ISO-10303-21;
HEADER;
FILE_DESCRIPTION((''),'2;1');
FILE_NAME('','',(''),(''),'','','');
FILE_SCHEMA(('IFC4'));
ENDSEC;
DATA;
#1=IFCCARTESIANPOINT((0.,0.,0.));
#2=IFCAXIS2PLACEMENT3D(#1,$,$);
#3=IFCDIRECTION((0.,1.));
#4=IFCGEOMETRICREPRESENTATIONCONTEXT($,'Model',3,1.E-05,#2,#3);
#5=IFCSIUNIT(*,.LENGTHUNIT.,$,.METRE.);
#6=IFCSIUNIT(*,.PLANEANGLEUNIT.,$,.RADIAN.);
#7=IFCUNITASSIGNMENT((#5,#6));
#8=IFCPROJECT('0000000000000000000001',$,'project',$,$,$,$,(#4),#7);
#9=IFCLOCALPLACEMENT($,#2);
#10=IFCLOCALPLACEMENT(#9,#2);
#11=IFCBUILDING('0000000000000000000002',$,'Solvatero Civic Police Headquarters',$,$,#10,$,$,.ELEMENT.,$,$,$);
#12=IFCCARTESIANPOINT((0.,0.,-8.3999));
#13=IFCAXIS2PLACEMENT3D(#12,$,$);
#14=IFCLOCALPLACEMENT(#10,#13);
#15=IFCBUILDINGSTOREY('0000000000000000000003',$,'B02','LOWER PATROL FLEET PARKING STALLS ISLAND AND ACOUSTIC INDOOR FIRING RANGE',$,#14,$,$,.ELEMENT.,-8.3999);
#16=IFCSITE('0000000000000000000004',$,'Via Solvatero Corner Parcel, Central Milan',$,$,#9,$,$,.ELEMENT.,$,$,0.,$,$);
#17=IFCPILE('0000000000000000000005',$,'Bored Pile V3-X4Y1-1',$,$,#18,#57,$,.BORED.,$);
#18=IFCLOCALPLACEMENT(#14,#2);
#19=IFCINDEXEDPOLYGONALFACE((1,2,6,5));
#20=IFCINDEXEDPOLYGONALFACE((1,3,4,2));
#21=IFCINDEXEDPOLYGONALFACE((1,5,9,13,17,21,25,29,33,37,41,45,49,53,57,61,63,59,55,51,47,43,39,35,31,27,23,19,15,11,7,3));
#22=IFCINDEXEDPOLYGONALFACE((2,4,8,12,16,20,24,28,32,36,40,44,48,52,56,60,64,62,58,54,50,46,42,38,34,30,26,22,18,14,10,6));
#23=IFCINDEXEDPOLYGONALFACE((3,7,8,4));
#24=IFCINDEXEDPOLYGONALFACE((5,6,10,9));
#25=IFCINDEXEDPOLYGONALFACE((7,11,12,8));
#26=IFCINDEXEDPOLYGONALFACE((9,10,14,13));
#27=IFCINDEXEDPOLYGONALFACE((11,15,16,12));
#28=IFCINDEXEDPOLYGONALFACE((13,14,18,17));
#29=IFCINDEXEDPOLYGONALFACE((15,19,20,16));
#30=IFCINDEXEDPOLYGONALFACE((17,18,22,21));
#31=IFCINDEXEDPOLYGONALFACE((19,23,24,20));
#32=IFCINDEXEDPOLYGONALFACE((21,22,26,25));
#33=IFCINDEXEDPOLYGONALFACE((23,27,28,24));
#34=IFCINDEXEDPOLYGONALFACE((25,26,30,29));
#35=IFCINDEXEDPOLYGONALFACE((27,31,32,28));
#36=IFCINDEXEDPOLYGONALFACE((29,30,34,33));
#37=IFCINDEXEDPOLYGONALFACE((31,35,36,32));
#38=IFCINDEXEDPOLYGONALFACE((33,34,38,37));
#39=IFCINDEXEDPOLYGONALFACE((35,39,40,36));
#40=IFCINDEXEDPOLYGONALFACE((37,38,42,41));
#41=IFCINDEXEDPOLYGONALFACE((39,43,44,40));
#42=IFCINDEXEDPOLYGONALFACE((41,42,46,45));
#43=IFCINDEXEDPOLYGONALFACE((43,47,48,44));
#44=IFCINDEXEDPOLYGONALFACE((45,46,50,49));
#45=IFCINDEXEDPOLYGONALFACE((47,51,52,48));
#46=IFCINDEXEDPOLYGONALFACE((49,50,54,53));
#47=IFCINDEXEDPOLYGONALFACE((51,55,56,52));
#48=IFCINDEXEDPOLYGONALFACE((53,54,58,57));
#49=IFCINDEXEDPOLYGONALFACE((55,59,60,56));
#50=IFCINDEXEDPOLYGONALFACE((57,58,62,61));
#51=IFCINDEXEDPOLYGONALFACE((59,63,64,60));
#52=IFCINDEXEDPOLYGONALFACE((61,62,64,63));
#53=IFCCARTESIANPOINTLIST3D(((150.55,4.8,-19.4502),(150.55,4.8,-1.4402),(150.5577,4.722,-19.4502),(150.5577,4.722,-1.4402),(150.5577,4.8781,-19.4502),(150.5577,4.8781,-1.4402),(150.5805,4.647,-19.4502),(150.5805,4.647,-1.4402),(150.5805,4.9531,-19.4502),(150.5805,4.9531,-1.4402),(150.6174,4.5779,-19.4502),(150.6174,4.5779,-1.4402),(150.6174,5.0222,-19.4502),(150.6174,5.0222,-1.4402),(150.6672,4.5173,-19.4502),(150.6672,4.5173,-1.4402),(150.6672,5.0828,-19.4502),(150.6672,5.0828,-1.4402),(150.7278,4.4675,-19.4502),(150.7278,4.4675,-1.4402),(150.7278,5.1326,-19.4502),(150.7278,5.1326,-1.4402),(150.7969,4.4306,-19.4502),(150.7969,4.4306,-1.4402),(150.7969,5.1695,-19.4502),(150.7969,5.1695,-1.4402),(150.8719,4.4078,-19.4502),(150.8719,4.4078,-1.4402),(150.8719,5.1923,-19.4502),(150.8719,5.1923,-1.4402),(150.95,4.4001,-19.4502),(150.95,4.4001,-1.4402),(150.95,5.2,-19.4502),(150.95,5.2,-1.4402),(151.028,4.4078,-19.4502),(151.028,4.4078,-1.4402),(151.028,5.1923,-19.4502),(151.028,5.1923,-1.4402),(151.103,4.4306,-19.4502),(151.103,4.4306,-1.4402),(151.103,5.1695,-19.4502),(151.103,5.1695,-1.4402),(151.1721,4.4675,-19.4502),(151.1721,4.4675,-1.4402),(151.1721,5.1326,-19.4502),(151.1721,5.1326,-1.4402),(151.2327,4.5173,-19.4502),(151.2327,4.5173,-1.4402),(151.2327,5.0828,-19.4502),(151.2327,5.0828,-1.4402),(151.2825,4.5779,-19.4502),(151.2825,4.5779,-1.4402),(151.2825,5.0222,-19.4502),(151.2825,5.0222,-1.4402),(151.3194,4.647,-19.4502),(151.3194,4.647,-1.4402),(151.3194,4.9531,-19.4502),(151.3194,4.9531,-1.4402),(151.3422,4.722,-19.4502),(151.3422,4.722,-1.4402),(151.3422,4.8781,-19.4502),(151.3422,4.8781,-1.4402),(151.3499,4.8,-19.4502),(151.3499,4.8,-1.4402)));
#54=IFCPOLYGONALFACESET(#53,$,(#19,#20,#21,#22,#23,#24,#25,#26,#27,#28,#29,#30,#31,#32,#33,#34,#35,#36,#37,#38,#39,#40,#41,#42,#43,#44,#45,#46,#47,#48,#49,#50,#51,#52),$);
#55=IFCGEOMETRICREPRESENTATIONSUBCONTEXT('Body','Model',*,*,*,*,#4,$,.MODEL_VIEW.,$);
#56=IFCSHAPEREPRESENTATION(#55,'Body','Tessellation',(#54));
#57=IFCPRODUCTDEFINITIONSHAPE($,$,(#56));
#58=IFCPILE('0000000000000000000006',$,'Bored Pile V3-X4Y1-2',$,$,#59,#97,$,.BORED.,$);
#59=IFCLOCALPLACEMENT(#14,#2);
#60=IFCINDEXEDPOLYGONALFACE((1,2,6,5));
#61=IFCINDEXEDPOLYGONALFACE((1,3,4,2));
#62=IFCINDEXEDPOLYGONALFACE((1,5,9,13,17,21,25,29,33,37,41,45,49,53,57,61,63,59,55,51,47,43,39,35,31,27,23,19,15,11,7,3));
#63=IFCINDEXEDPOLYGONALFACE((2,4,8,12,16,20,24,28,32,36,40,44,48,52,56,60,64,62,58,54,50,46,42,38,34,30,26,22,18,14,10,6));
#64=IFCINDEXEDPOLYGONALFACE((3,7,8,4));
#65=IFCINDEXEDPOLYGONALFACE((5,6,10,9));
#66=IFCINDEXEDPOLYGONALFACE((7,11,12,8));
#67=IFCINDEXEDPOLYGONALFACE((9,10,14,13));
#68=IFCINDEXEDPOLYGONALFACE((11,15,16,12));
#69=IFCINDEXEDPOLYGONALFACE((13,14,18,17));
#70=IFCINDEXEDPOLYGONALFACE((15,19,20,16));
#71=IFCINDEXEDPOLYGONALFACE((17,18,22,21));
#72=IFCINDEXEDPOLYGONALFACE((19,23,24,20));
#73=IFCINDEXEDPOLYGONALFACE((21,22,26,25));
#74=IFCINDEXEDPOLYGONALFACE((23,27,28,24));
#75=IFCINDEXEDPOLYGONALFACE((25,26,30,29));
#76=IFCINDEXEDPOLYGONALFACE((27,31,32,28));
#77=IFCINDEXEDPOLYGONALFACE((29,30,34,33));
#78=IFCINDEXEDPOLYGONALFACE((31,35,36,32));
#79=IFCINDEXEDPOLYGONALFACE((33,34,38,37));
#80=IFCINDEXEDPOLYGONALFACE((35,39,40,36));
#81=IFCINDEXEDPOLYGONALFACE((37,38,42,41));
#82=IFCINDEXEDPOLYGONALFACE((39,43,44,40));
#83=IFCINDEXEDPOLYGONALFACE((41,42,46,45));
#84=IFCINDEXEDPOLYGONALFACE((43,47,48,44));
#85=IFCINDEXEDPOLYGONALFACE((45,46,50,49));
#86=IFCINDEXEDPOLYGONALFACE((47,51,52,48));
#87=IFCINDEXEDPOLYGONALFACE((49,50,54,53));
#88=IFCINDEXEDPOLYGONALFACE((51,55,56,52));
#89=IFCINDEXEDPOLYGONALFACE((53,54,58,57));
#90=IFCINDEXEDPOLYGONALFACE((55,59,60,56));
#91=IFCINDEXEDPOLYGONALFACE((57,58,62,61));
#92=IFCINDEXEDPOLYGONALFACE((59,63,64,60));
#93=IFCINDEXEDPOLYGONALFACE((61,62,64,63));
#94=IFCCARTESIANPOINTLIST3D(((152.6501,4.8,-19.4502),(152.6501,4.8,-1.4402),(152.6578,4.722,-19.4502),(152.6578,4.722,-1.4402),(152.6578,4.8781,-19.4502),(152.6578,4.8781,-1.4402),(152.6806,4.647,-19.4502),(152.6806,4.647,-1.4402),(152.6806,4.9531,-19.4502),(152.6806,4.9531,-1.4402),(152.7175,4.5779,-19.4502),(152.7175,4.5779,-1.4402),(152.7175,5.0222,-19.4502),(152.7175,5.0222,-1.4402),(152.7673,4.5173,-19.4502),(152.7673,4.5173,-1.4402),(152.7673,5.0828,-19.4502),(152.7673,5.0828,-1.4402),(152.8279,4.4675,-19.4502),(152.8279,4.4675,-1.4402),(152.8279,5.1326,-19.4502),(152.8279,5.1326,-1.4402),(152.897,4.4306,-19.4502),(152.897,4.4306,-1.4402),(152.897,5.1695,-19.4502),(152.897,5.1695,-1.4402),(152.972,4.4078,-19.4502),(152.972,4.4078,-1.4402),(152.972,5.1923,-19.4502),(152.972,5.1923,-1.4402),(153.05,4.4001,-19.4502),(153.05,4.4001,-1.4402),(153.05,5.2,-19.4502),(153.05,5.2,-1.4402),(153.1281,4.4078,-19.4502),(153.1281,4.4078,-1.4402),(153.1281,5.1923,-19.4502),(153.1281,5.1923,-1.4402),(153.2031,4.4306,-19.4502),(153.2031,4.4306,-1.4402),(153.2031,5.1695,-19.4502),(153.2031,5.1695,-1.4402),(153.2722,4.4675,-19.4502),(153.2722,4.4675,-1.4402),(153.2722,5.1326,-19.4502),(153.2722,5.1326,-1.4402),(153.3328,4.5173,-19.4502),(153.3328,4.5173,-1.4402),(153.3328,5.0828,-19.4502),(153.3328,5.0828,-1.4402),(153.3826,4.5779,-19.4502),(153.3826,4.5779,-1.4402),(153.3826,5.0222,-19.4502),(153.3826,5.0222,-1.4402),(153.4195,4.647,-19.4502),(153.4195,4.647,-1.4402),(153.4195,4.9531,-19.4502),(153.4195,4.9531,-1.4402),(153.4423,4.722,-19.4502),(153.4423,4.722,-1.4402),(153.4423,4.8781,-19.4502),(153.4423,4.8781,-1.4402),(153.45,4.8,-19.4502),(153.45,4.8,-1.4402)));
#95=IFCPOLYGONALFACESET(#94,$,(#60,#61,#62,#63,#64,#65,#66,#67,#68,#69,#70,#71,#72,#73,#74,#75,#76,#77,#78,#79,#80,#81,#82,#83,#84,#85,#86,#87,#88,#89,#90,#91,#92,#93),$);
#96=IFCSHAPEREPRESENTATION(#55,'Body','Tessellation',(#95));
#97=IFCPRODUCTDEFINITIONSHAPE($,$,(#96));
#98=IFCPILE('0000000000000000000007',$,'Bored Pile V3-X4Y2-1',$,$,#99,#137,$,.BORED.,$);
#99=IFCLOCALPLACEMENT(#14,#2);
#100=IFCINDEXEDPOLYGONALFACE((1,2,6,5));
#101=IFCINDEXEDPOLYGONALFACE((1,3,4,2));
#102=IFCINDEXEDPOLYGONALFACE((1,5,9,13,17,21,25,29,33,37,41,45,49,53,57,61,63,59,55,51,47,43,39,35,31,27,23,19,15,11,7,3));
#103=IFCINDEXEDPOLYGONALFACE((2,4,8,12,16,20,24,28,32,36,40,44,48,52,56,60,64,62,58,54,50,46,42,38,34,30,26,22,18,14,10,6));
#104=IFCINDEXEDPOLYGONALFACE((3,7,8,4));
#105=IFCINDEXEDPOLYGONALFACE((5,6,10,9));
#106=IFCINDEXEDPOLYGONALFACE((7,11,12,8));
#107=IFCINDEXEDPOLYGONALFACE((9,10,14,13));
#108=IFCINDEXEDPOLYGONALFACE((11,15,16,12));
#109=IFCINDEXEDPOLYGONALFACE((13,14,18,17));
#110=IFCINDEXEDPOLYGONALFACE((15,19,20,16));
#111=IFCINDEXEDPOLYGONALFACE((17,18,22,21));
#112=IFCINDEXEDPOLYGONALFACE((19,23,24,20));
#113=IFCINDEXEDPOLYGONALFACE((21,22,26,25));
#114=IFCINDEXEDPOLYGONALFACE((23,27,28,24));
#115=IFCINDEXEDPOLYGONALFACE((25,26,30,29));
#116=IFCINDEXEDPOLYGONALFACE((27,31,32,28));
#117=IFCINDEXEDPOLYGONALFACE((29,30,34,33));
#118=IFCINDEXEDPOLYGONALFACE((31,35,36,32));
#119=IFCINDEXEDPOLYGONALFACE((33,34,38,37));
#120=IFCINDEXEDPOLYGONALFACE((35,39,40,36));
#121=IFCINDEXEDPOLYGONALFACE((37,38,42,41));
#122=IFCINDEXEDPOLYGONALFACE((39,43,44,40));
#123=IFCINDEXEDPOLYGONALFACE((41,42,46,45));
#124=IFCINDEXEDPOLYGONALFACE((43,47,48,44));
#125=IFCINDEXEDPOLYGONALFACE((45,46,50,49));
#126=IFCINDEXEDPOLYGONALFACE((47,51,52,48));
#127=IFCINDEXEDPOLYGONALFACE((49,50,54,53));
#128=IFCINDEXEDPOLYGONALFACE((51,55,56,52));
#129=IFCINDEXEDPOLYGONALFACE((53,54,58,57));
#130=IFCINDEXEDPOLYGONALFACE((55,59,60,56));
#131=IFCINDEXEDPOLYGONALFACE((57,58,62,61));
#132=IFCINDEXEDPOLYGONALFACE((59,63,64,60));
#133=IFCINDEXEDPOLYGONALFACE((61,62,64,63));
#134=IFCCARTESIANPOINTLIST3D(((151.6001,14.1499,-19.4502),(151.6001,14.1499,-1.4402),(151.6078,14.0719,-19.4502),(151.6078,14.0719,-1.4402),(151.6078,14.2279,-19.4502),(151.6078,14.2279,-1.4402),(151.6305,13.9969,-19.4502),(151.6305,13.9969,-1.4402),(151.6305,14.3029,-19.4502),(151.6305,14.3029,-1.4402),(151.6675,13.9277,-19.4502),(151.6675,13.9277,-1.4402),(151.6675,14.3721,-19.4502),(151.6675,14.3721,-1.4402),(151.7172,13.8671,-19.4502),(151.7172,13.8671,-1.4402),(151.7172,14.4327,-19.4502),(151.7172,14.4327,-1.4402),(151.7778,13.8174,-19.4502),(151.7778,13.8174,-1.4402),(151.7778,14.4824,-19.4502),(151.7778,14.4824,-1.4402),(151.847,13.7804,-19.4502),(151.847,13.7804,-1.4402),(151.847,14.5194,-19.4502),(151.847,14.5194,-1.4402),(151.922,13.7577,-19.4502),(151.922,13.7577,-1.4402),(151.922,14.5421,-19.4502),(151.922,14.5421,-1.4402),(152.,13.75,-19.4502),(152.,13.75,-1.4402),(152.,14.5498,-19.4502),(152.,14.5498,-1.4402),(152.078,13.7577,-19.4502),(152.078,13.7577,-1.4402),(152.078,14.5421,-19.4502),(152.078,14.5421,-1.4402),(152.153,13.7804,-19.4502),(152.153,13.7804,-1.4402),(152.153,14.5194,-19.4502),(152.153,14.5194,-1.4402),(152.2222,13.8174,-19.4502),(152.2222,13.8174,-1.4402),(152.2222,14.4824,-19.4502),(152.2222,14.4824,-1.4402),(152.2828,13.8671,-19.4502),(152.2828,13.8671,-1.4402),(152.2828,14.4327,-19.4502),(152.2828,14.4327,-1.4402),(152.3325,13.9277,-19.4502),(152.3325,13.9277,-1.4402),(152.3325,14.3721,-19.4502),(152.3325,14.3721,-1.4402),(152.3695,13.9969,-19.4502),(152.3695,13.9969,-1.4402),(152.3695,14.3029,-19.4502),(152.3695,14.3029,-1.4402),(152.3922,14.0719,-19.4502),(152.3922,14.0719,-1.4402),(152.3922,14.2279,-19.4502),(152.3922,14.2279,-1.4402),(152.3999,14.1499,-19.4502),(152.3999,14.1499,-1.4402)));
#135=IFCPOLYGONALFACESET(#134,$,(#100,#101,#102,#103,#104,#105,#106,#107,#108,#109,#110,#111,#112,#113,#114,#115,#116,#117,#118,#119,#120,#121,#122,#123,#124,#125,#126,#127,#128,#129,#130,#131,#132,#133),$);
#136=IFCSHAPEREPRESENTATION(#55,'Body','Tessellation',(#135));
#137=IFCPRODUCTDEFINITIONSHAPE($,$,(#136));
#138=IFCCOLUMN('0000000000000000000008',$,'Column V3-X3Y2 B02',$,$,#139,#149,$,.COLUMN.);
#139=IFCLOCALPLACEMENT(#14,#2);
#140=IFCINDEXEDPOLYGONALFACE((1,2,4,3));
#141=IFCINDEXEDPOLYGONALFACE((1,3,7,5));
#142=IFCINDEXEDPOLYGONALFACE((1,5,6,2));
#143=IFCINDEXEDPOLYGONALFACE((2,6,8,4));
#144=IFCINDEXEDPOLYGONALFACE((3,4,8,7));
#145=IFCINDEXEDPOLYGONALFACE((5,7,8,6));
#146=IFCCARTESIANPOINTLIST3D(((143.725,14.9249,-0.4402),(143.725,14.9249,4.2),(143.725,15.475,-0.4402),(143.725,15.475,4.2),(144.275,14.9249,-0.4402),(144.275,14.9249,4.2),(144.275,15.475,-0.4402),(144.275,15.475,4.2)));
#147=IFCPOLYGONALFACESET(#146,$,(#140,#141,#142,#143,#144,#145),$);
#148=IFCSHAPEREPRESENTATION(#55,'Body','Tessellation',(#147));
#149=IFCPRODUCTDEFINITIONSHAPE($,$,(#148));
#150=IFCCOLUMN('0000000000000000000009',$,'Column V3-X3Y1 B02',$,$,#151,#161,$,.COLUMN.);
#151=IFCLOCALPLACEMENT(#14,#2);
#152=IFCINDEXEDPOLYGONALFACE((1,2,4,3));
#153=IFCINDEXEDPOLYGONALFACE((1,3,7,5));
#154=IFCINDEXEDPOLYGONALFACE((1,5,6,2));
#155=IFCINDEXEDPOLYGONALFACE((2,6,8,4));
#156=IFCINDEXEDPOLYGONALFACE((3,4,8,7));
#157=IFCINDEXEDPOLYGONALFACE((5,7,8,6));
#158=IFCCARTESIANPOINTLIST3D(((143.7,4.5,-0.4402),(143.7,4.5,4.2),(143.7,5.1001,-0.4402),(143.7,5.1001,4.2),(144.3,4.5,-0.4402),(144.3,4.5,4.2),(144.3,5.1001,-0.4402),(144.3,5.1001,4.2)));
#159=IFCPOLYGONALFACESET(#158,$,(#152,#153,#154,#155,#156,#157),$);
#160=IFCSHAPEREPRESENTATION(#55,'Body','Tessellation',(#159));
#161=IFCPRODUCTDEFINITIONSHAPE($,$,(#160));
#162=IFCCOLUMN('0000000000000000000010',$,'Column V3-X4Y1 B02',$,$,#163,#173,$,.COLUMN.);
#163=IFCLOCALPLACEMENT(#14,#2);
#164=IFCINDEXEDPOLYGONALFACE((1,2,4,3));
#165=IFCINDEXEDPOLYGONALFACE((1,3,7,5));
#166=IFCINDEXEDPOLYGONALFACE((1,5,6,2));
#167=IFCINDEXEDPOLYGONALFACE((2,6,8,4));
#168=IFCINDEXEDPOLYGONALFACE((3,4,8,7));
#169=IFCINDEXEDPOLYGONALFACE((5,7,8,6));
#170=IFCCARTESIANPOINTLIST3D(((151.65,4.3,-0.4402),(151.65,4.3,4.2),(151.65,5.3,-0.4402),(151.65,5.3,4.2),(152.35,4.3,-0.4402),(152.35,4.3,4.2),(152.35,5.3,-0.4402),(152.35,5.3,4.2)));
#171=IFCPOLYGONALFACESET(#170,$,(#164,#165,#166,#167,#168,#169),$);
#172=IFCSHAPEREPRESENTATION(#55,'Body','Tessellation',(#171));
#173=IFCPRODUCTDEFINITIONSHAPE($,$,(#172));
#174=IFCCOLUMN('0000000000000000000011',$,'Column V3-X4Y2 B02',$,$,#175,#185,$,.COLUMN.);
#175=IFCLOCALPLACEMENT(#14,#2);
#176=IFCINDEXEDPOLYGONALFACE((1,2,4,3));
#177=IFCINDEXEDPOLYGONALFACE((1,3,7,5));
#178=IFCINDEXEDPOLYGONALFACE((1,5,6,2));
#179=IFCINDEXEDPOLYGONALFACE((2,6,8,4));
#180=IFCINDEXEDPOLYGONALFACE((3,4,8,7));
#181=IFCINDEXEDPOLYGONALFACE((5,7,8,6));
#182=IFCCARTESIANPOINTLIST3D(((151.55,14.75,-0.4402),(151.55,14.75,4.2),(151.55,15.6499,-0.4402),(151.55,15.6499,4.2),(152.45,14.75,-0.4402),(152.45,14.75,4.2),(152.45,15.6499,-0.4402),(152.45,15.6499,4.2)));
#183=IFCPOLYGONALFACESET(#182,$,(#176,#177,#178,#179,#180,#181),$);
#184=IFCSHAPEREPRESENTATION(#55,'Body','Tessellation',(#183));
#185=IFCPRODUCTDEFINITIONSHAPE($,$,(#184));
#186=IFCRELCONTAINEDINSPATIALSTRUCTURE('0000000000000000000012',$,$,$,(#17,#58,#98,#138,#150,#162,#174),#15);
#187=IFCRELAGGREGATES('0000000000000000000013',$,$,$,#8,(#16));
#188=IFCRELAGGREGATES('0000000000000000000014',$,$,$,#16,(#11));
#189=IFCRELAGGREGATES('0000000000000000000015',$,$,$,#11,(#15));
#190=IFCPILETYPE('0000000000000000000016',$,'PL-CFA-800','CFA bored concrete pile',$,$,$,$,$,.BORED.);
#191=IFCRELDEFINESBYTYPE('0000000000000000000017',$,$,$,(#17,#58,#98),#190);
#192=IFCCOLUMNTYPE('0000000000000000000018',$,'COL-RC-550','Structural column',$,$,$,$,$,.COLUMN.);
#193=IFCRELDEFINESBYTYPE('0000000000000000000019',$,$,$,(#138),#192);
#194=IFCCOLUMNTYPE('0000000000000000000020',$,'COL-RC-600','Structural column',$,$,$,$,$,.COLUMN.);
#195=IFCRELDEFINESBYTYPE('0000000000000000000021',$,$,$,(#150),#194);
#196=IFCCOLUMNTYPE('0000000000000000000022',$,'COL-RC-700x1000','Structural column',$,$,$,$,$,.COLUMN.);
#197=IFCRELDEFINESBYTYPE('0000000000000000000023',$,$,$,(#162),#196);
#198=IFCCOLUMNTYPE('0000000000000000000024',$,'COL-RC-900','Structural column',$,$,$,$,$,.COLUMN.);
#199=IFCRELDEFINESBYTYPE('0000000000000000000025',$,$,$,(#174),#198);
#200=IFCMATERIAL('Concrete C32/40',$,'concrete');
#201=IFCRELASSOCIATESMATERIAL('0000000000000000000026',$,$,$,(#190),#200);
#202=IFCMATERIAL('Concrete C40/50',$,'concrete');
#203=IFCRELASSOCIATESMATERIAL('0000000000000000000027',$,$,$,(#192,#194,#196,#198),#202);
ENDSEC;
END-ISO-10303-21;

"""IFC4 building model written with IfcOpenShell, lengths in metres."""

from ifc_helpers import new_model, si_unit, direction, frame, origin, origin_2d, place, context, subcontext, project, spatial, rectangle, circle, extrude, material, material_profile, profile_set, type_object, element, save


model = new_model("IFC4")

# Units and contexts
model_context = context("Model", 3, precision=1e-05, world=origin(), true_north=direction((0.0, 1.0)))
body_context = subcontext(model_context, "Body", "Model", "MODEL_VIEW")
ifc_project = project(units=[si_unit("LENGTHUNIT", "METRE"), si_unit("PLANEANGLEUNIT", "RADIAN")], contexts=[model_context])

# Site, building, storey
site_placement = place(None, origin())
site = spatial("IfcSite", under=ifc_project, at=site_placement, Name="Via Solvatero Corner Parcel, Central Milan", CompositionType="ELEMENT", RefElevation=0.0)
building_placement = place(site_placement, origin())
building = spatial("IfcBuilding", under=site, at=building_placement, Name="Solvatero Civic Police Headquarters", CompositionType="ELEMENT")
storey_placement = place(building_placement, frame((0.0, 0.0, -8.3999)))
storey = spatial("IfcBuildingStorey", under=building, at=storey_placement, Name="B02", Description="LOWER PATROL FLEET PARKING STALLS ISLAND AND ACOUSTIC INDOOR FIRING RANGE", CompositionType="ELEMENT", Elevation=-8.3999)

# Piles
ifc_material_1 = material(Name="Concrete C32/40", Category="concrete")
ifc_material_profile_1 = material_profile(ifc_material_1, circle(Radius=0.3999, at=origin_2d()), Name="CFA PILE D800")
ifc_profile_set_1 = profile_set([ifc_material_profile_1], Name="Concrete C32/40")
pile_type_1 = type_object("IfcPileType", Name="PL-CFA-800", Description="CFA bored concrete pile", PredefinedType="BORED", material=ifc_profile_set_1)
for number, where, z_axis, x_axis, name in (
    (1, (150.95, 4.8, -1.4402), (0.0, 0.0, -1.0), (1.0, 0.0, 0.0), "Bored Pile V3-X4Y1-1"),
    (2, (153.05, 4.8, -1.4402), (0.0, 0.0, -1.0), (1.0, 0.0, 0.0), "Bored Pile V3-X4Y1-2"),
    (3, (152.0, 14.1499, -1.4402), (0.0, 0.0, -1.0), (1.0, 0.0, 0.0), "Bored Pile V3-X4Y2-1"),
):
    element("IfcPile", number, at=place(storey_placement, frame(where, z_axis=z_axis, x_axis=x_axis)), inside=storey, type_object=pile_type_1, Name=name, PredefinedType="BORED", context=body_context, shape_type="SweptSolid", body=[
        extrude(circle(Radius=0.3999, at=origin_2d()), origin(), (0.0, 0.0, 1.0), 18.01),
    ])

# Columns
ifc_material_2 = material(Name="Concrete C40/50", Category="concrete")
ifc_material_profile_2 = material_profile(ifc_material_2, rectangle(XDim=0.55, YDim=0.55, at=origin_2d()), Name="RC 550x550")
ifc_profile_set_2 = profile_set([ifc_material_profile_2], Name="Concrete C40/50")
column_type_1 = type_object("IfcColumnType", Name="COL-RC-550", Description="Structural column", PredefinedType="COLUMN", material=ifc_profile_set_2)
column_1_placement = place(storey_placement, frame((144.0, 15.2, -0.4402), z_axis=(0.0, 0.0, 1.0), x_axis=(1.0, 0.0, 0.0)))
element("IfcColumn", 4, at=column_1_placement, inside=storey, type_object=column_type_1, Name="Column V3-X3Y2 B02", PredefinedType="COLUMN", context=body_context, shape_type="SweptSolid", body=[
    extrude(rectangle(XDim=0.55, YDim=0.55, at=origin_2d()), origin(), (0.0, 0.0, 1.0), 4.6401),
])
ifc_material_profile_3 = material_profile(ifc_material_2, rectangle(XDim=0.6001, YDim=0.6001, at=origin_2d()), Name="RC 600x600")
ifc_profile_set_3 = profile_set([ifc_material_profile_3], Name="Concrete C40/50")
column_type_2 = type_object("IfcColumnType", Name="COL-RC-600", Description="Structural column", PredefinedType="COLUMN", material=ifc_profile_set_3)
column_2_placement = place(storey_placement, frame((144.0, 4.8, -0.4402), z_axis=(0.0, 0.0, 1.0), x_axis=(1.0, 0.0, 0.0)))
element("IfcColumn", 5, at=column_2_placement, inside=storey, type_object=column_type_2, Name="Column V3-X3Y1 B02", PredefinedType="COLUMN", context=body_context, shape_type="SweptSolid", body=[
    extrude(rectangle(XDim=0.6001, YDim=0.6001, at=origin_2d()), origin(), (0.0, 0.0, 1.0), 4.6401),
])
ifc_material_profile_4 = material_profile(ifc_material_2, rectangle(XDim=0.7, YDim=1.0, at=origin_2d()), Name="RC 700x1000")
ifc_profile_set_4 = profile_set([ifc_material_profile_4], Name="Concrete C40/50")
column_type_3 = type_object("IfcColumnType", Name="COL-RC-700x1000", Description="Structural column", PredefinedType="COLUMN", material=ifc_profile_set_4)
column_3_placement = place(storey_placement, frame((152.0, 4.8, -0.4402), z_axis=(0.0, 0.0, 1.0), x_axis=(1.0, 0.0, 0.0)))
element("IfcColumn", 6, at=column_3_placement, inside=storey, type_object=column_type_3, Name="Column V3-X4Y1 B02", PredefinedType="COLUMN", context=body_context, shape_type="SweptSolid", body=[
    extrude(rectangle(XDim=0.7, YDim=1.0, at=origin_2d()), origin(), (0.0, 0.0, 1.0), 4.6401),
])
ifc_material_profile_5 = material_profile(ifc_material_2, rectangle(XDim=0.8999, YDim=0.8999, at=origin_2d()), Name="RC 900x900")
ifc_profile_set_5 = profile_set([ifc_material_profile_5], Name="Concrete C40/50")
column_type_4 = type_object("IfcColumnType", Name="COL-RC-900", Description="Structural column", PredefinedType="COLUMN", material=ifc_profile_set_5)
column_4_placement = place(storey_placement, frame((152.0, 15.2, -0.4402), z_axis=(0.0, 0.0, 1.0), x_axis=(1.0, 0.0, 0.0)))
element("IfcColumn", 7, at=column_4_placement, inside=storey, type_object=column_type_4, Name="Column V3-X4Y2 B02", PredefinedType="COLUMN", context=body_context, shape_type="SweptSolid", body=[
    extrude(rectangle(XDim=0.8999, YDim=0.8999, at=origin_2d()), origin(), (0.0, 0.0, 1.0), 4.6401),
])

save(model, "model.ifc")
